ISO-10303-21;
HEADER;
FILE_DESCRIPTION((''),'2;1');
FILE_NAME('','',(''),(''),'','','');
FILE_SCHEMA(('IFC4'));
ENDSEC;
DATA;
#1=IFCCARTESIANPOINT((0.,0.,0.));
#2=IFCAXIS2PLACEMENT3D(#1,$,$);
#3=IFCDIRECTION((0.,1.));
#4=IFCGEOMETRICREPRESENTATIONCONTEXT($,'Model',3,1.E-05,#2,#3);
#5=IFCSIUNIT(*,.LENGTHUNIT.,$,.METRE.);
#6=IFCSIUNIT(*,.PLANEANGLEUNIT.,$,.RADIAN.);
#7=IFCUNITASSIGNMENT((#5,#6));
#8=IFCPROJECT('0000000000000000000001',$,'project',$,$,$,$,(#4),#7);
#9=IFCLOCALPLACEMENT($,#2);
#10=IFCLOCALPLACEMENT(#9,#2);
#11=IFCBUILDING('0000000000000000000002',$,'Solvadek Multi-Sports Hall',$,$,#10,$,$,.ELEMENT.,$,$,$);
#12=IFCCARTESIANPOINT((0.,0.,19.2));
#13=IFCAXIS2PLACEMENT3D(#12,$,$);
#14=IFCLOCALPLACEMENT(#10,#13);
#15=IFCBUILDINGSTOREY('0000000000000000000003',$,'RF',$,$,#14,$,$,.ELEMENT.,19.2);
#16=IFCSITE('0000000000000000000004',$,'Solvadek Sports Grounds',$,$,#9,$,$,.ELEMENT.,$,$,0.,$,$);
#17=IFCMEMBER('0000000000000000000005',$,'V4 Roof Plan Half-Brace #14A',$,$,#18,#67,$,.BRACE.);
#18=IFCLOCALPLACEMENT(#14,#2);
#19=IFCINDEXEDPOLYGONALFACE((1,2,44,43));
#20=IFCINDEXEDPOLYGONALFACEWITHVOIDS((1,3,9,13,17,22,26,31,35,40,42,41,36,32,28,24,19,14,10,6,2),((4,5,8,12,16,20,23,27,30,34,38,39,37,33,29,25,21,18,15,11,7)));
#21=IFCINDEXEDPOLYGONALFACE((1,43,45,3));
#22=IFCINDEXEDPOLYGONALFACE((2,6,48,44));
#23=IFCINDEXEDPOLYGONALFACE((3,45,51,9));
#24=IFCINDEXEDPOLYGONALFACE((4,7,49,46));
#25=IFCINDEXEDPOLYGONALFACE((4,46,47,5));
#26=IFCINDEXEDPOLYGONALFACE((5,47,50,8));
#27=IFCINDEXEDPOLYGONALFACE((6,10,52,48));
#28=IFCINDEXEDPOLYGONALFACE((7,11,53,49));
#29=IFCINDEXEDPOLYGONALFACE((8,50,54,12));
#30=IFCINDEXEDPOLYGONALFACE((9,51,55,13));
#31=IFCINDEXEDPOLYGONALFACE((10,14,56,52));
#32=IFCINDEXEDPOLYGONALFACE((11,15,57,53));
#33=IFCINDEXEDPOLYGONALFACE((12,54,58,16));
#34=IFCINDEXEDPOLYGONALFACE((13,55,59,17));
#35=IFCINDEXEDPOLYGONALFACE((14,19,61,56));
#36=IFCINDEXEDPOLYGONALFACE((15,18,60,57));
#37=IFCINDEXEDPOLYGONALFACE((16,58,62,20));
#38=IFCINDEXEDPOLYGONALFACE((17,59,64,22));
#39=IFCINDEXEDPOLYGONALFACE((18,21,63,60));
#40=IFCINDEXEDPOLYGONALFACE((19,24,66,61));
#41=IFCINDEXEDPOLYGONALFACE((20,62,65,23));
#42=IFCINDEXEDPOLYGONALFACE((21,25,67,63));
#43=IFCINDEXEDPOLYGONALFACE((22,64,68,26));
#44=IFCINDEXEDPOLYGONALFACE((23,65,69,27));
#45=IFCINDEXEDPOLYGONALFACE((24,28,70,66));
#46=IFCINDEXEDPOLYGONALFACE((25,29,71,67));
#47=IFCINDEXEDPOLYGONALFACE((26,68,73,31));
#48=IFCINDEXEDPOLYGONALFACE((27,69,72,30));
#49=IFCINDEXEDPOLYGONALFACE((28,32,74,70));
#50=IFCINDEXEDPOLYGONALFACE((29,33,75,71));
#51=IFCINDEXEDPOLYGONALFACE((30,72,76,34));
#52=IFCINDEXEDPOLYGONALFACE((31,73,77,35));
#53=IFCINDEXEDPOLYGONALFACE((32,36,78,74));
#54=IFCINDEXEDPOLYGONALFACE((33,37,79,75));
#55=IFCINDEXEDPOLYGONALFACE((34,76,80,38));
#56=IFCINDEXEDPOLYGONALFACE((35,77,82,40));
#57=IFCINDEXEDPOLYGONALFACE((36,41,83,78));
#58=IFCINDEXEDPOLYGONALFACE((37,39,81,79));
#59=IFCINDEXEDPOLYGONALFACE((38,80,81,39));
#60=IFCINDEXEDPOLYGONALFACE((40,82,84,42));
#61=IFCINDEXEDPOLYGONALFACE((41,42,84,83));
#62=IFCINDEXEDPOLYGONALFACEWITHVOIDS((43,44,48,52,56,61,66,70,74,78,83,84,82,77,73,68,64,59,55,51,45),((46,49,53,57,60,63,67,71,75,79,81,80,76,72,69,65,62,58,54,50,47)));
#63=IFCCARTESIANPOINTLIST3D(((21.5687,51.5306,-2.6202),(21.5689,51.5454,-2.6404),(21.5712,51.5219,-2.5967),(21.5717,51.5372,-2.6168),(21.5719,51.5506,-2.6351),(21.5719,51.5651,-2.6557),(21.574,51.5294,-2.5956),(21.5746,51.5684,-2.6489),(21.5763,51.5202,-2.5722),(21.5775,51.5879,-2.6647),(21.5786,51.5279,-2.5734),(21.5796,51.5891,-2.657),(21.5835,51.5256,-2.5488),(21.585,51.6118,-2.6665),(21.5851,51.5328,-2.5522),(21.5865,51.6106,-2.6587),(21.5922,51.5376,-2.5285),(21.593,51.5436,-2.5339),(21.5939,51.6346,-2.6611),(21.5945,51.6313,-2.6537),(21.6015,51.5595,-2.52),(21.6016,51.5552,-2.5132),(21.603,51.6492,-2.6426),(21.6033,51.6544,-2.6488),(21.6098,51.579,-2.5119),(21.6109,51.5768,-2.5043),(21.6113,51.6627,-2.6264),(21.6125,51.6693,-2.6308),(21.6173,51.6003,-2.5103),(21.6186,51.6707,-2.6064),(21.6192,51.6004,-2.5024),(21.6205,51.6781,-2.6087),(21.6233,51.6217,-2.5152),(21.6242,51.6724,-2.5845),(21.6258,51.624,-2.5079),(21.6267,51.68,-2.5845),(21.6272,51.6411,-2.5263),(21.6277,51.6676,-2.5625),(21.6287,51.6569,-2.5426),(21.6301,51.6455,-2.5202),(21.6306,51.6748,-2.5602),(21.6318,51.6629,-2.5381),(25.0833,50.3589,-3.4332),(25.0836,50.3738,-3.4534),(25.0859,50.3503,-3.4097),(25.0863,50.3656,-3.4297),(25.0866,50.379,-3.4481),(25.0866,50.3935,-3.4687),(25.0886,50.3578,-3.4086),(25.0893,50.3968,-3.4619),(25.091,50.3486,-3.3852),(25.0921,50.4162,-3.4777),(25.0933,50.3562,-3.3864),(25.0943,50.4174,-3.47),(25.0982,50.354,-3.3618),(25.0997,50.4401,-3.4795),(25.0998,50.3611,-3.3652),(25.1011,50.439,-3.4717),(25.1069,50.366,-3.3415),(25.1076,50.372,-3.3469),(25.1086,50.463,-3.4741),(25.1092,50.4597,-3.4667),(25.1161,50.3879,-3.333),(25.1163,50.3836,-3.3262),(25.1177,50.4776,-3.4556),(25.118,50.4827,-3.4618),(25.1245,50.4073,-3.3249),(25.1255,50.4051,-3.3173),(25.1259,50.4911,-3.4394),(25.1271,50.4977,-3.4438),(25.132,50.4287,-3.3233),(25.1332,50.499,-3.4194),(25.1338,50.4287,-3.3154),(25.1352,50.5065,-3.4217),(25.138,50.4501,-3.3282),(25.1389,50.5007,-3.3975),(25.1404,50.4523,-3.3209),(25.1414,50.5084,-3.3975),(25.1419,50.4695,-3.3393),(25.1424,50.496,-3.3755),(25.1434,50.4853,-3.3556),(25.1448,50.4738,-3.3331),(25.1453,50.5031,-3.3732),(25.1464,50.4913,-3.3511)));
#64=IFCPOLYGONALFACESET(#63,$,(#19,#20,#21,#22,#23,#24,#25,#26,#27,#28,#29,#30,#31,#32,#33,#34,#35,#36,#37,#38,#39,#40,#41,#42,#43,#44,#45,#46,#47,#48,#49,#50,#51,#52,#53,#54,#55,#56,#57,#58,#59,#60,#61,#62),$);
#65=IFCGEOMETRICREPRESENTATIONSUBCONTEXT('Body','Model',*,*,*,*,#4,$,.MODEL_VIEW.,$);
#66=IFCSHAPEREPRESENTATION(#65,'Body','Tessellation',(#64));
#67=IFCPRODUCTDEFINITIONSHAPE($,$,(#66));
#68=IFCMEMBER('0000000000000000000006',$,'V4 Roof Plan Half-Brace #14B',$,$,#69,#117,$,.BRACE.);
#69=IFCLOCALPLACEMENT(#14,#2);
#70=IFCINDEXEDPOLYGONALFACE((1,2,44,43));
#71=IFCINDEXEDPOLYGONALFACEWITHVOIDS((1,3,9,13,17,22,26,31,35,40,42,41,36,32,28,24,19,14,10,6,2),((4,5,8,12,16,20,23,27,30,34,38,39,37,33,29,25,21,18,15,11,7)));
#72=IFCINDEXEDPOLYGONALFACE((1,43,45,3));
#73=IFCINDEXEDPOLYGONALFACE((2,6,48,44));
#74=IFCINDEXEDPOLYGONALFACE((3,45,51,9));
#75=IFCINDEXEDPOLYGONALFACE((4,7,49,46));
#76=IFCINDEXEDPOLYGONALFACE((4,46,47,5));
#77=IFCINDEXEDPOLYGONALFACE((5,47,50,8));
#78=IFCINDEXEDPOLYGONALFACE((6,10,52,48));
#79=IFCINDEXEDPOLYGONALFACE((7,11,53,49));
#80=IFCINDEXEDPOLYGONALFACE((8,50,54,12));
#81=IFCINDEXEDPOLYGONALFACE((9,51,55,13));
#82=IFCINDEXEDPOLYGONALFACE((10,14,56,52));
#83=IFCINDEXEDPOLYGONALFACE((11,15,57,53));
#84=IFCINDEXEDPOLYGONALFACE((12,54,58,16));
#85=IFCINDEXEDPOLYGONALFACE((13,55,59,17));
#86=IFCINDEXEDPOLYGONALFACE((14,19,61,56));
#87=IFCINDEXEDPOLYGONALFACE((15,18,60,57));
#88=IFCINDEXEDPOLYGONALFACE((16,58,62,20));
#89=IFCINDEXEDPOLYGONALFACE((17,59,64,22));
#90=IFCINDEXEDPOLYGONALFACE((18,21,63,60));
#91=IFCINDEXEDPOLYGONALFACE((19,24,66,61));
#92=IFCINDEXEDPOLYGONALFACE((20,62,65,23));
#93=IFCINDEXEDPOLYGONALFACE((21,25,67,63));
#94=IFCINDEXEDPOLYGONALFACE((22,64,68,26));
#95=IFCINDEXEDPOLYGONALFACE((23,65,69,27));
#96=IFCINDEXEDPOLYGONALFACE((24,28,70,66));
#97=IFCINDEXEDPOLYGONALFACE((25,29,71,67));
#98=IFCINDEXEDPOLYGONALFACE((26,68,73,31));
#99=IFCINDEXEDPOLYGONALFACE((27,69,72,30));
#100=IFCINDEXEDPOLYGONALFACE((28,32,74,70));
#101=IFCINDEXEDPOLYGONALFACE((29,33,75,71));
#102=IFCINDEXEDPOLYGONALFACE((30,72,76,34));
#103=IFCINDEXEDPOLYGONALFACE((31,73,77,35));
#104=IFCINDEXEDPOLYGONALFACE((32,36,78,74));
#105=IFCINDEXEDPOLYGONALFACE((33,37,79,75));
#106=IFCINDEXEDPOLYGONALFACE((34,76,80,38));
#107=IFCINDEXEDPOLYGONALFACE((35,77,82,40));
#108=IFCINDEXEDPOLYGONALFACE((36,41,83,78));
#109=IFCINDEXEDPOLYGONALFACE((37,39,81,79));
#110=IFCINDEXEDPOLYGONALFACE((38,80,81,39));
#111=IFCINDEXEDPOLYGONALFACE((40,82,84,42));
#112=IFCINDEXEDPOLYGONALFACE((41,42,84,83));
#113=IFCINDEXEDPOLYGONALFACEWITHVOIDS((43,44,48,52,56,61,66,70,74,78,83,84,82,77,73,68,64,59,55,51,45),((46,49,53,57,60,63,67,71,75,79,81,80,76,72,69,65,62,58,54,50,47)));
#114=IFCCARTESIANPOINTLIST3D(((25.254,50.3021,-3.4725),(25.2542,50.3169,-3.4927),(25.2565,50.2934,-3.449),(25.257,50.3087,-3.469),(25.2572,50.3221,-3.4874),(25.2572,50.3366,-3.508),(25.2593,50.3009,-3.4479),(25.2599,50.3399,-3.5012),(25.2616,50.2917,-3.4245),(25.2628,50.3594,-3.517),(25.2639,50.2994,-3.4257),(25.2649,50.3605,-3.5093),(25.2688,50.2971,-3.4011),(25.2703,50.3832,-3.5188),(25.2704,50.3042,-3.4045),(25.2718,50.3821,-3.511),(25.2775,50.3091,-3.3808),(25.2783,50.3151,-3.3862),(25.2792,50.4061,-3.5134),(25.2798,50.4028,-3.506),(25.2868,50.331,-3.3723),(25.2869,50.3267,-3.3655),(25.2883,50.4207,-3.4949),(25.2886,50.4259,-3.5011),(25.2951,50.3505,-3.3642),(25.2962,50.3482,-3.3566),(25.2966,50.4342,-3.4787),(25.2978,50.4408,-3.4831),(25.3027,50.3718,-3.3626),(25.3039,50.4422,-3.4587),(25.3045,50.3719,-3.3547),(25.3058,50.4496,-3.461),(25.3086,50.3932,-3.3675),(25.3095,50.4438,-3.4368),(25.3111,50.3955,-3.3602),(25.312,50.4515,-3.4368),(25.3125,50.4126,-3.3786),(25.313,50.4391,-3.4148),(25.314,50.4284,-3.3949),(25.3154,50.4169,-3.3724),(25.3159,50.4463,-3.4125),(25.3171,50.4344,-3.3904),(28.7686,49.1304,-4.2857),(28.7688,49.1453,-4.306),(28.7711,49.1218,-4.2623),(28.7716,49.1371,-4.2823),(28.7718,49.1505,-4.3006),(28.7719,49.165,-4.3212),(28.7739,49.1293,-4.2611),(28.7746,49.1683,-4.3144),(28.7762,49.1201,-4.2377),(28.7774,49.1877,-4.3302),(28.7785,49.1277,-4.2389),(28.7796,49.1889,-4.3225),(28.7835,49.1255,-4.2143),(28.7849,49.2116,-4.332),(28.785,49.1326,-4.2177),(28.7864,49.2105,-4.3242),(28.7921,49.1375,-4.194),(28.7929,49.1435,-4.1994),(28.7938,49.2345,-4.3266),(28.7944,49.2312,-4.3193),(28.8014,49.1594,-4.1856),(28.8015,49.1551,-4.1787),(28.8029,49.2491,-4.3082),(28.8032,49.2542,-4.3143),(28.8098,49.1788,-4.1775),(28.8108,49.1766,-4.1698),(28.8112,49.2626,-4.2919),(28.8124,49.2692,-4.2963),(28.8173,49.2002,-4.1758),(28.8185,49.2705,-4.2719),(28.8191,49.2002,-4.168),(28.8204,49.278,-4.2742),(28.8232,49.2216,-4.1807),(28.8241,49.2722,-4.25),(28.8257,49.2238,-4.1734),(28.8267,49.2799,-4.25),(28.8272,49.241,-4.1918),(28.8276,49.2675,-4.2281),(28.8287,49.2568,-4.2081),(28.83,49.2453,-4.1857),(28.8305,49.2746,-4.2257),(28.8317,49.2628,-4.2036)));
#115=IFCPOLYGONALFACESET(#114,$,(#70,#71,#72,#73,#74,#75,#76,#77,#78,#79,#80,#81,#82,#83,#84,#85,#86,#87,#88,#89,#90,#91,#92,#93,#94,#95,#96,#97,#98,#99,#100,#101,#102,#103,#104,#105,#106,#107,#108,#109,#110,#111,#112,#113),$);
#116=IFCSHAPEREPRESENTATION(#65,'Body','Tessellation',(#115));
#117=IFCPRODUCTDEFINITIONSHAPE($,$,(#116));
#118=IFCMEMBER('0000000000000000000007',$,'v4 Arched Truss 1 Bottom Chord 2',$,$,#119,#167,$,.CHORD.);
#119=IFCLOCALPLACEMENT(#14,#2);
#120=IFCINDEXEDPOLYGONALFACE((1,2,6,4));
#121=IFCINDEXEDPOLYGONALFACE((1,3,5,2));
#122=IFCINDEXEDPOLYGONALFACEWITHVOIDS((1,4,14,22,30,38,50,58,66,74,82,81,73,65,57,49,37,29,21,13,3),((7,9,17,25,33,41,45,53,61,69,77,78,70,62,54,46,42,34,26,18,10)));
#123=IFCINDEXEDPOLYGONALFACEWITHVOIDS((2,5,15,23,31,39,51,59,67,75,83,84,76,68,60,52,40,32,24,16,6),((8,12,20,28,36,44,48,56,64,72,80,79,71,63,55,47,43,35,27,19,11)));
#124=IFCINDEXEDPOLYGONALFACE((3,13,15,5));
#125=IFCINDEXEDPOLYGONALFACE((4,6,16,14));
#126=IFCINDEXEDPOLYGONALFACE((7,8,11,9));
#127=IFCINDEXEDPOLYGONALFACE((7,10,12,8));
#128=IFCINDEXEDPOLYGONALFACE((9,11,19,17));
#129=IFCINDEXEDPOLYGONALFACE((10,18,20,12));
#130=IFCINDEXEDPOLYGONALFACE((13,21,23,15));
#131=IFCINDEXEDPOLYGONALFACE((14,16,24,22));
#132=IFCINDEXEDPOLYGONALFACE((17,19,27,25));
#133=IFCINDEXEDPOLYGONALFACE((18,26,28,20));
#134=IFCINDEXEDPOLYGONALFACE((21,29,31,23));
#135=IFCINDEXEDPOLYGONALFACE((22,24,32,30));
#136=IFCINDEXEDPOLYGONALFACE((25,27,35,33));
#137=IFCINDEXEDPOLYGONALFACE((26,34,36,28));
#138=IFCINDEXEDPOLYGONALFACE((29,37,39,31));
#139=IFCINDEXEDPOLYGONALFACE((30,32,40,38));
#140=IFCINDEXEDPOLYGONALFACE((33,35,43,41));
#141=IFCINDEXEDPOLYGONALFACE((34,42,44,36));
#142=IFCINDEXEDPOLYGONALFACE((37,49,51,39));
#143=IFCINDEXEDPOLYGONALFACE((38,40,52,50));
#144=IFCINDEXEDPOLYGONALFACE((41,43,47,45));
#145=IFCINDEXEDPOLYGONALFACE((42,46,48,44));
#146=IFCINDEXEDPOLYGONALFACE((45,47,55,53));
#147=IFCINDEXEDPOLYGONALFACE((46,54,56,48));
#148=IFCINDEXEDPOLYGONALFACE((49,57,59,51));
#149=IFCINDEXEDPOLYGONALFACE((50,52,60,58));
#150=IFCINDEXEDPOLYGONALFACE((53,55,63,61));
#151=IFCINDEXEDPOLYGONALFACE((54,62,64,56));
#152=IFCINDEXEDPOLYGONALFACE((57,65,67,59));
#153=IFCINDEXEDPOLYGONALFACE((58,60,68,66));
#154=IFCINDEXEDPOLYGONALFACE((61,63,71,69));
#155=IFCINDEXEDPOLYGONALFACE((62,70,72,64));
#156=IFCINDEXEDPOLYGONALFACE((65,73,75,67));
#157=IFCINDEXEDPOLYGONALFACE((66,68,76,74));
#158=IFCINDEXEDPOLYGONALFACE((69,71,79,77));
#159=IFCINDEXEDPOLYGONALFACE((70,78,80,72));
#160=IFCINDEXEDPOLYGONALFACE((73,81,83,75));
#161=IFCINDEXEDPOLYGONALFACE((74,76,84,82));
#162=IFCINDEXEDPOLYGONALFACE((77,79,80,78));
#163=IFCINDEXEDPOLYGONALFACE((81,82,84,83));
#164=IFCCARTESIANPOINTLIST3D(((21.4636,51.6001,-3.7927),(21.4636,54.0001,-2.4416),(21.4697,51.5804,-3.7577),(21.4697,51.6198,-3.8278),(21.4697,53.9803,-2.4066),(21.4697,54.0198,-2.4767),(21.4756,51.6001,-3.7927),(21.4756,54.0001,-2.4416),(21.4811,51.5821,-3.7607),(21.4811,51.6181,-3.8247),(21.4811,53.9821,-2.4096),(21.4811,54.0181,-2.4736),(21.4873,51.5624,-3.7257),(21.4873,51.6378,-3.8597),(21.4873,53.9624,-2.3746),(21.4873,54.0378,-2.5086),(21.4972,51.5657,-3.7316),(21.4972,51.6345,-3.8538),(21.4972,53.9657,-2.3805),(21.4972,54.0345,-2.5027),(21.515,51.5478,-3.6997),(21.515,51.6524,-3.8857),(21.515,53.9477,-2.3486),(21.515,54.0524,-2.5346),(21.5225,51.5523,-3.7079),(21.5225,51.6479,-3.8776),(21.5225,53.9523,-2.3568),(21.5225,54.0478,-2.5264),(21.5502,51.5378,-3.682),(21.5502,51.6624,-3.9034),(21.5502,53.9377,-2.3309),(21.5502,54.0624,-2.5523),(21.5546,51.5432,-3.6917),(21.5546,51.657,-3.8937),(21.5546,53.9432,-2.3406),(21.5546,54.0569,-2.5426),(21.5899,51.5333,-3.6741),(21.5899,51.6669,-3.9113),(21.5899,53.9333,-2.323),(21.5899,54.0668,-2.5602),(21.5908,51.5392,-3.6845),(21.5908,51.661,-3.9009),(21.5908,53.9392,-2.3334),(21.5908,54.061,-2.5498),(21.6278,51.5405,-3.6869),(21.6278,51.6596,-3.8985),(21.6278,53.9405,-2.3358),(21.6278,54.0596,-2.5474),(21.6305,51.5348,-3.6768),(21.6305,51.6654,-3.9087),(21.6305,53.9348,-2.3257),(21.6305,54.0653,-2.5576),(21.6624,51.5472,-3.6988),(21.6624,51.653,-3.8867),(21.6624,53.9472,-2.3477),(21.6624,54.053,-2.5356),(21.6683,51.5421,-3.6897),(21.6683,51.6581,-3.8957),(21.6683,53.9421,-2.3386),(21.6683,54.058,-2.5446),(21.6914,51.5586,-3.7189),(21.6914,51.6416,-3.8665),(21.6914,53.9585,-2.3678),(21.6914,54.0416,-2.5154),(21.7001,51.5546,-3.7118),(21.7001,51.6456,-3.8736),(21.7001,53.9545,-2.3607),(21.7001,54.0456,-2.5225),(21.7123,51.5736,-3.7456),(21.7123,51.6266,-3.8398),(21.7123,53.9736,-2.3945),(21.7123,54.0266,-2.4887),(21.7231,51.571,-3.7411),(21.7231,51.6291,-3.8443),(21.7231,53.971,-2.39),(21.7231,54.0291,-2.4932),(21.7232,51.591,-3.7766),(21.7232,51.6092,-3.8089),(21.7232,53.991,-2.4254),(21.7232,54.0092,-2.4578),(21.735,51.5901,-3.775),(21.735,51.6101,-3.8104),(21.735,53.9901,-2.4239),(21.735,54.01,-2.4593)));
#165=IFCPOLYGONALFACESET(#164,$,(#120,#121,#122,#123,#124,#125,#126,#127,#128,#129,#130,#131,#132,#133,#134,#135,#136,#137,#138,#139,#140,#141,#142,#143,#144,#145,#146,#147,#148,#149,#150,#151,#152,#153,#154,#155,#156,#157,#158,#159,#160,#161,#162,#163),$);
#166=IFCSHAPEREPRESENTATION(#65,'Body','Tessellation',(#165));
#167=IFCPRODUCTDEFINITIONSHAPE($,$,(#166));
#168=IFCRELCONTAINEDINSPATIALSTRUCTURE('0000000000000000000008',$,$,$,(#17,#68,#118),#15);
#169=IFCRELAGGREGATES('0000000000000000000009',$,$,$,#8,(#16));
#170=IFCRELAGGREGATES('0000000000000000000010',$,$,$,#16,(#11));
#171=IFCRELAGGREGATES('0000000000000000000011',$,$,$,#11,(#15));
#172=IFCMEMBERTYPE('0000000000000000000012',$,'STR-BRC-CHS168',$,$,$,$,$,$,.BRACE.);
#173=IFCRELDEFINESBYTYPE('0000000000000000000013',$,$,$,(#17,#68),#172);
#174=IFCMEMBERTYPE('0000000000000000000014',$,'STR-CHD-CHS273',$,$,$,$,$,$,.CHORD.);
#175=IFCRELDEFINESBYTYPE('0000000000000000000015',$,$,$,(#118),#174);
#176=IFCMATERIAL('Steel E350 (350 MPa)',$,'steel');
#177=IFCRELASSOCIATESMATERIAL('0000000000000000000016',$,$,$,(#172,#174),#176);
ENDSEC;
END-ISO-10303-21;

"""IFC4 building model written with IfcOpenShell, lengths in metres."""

from ifc_helpers import new_model, si_unit, direction, frame, origin, origin_2d, place, context, subcontext, project, spatial, hollow_circle, extrude, material, material_profile, profile_set, type_object, element, save


model = new_model("IFC4")

# Units and contexts
model_context = context("Model", 3, precision=1e-05, world=origin(), true_north=direction((0.0, 1.0)))
body_context = subcontext(model_context, "Body", "Model", "MODEL_VIEW")
ifc_project = project(units=[si_unit("LENGTHUNIT", "METRE"), si_unit("PLANEANGLEUNIT", "RADIAN")], contexts=[model_context])

# Site, building, storey
site_placement = place(None, origin())
site = spatial("IfcSite", under=ifc_project, at=site_placement, Name="Solvadek Sports Grounds", CompositionType="ELEMENT", RefElevation=0.0)
building_placement = place(site_placement, origin())
building = spatial("IfcBuilding", under=site, at=building_placement, Name="Solvadek Multi-Sports Hall", CompositionType="ELEMENT")
storey_placement = place(building_placement, frame((0.0, 0.0, 19.2)))
storey = spatial("IfcBuildingStorey", under=building, at=storey_placement, Name="RF", CompositionType="ELEMENT", Elevation=19.2)

# Shared definitions
ifc_material_1 = material(Name="Steel E350 (350 MPa)", Category="steel")

# Members
ifc_material_profile_1 = material_profile(ifc_material_1, hollow_circle(Radius=0.0842, WallThickness=0.0081, at=origin_2d()), Name="CHS 168.3x8")
ifc_profile_set_1 = profile_set([ifc_material_profile_1], Name="Steel E350 (350 MPa)")
member_type_1 = type_object("IfcMemberType", Name="STR-BRC-CHS168", PredefinedType="BRACE", material=ifc_profile_set_1)
for number, where, z_axis, x_axis, name in (
    (1, (21.6001, 51.6001, -2.5845), (0.926628, -0.308898, -0.214342), (0.316248, 0.948677, 0.0), "V4 Roof Plan Half-Brace #14A"),
    (2, (25.2854, 50.3716, -3.4368), (0.926615, -0.308893, -0.214404), (0.316248, 0.948677, 0.0), "V4 Roof Plan Half-Brace #14B"),
):
    element("IfcMember", number, at=place(storey_placement, frame(where, z_axis=z_axis, x_axis=x_axis)), inside=storey, type_object=member_type_1, Name=name, PredefinedType="BRACE", context=body_context, shape_type="SweptSolid", body=[
        extrude(hollow_circle(Radius=0.0842, WallThickness=0.0081, at=origin_2d()), origin(), (0.0, 0.0, 1.0), 3.793),
    ])
ifc_material_profile_2 = material_profile(ifc_material_1, hollow_circle(Radius=0.1365, WallThickness=0.012, at=origin_2d()), Name="CHS 273.0x12")
ifc_profile_set_2 = profile_set([ifc_material_profile_2], Name="Steel E350 (350 MPa)")
member_type_2 = type_object("IfcMemberType", Name="STR-CHD-CHS273", PredefinedType="CHORD", material=ifc_profile_set_2)
for number, where, z_axis, x_axis, name in (
    (3, (21.6001, 51.6001, -3.7927), (0.0, 0.8714, 0.490573), (-1.0, 0.0, 0.0), "v4 Arched Truss 1 Bottom Chord 2"),
):
    element("IfcMember", number, at=place(storey_placement, frame(where, z_axis=z_axis, x_axis=x_axis)), inside=storey, type_object=member_type_2, Name=name, PredefinedType="CHORD", context=body_context, shape_type="SweptSolid", body=[
        extrude(hollow_circle(Radius=0.1365, WallThickness=0.012, at=origin_2d()), origin(), (0.0, 0.0, 1.0), 2.7542),
    ])

save(model, "model.ifc")
